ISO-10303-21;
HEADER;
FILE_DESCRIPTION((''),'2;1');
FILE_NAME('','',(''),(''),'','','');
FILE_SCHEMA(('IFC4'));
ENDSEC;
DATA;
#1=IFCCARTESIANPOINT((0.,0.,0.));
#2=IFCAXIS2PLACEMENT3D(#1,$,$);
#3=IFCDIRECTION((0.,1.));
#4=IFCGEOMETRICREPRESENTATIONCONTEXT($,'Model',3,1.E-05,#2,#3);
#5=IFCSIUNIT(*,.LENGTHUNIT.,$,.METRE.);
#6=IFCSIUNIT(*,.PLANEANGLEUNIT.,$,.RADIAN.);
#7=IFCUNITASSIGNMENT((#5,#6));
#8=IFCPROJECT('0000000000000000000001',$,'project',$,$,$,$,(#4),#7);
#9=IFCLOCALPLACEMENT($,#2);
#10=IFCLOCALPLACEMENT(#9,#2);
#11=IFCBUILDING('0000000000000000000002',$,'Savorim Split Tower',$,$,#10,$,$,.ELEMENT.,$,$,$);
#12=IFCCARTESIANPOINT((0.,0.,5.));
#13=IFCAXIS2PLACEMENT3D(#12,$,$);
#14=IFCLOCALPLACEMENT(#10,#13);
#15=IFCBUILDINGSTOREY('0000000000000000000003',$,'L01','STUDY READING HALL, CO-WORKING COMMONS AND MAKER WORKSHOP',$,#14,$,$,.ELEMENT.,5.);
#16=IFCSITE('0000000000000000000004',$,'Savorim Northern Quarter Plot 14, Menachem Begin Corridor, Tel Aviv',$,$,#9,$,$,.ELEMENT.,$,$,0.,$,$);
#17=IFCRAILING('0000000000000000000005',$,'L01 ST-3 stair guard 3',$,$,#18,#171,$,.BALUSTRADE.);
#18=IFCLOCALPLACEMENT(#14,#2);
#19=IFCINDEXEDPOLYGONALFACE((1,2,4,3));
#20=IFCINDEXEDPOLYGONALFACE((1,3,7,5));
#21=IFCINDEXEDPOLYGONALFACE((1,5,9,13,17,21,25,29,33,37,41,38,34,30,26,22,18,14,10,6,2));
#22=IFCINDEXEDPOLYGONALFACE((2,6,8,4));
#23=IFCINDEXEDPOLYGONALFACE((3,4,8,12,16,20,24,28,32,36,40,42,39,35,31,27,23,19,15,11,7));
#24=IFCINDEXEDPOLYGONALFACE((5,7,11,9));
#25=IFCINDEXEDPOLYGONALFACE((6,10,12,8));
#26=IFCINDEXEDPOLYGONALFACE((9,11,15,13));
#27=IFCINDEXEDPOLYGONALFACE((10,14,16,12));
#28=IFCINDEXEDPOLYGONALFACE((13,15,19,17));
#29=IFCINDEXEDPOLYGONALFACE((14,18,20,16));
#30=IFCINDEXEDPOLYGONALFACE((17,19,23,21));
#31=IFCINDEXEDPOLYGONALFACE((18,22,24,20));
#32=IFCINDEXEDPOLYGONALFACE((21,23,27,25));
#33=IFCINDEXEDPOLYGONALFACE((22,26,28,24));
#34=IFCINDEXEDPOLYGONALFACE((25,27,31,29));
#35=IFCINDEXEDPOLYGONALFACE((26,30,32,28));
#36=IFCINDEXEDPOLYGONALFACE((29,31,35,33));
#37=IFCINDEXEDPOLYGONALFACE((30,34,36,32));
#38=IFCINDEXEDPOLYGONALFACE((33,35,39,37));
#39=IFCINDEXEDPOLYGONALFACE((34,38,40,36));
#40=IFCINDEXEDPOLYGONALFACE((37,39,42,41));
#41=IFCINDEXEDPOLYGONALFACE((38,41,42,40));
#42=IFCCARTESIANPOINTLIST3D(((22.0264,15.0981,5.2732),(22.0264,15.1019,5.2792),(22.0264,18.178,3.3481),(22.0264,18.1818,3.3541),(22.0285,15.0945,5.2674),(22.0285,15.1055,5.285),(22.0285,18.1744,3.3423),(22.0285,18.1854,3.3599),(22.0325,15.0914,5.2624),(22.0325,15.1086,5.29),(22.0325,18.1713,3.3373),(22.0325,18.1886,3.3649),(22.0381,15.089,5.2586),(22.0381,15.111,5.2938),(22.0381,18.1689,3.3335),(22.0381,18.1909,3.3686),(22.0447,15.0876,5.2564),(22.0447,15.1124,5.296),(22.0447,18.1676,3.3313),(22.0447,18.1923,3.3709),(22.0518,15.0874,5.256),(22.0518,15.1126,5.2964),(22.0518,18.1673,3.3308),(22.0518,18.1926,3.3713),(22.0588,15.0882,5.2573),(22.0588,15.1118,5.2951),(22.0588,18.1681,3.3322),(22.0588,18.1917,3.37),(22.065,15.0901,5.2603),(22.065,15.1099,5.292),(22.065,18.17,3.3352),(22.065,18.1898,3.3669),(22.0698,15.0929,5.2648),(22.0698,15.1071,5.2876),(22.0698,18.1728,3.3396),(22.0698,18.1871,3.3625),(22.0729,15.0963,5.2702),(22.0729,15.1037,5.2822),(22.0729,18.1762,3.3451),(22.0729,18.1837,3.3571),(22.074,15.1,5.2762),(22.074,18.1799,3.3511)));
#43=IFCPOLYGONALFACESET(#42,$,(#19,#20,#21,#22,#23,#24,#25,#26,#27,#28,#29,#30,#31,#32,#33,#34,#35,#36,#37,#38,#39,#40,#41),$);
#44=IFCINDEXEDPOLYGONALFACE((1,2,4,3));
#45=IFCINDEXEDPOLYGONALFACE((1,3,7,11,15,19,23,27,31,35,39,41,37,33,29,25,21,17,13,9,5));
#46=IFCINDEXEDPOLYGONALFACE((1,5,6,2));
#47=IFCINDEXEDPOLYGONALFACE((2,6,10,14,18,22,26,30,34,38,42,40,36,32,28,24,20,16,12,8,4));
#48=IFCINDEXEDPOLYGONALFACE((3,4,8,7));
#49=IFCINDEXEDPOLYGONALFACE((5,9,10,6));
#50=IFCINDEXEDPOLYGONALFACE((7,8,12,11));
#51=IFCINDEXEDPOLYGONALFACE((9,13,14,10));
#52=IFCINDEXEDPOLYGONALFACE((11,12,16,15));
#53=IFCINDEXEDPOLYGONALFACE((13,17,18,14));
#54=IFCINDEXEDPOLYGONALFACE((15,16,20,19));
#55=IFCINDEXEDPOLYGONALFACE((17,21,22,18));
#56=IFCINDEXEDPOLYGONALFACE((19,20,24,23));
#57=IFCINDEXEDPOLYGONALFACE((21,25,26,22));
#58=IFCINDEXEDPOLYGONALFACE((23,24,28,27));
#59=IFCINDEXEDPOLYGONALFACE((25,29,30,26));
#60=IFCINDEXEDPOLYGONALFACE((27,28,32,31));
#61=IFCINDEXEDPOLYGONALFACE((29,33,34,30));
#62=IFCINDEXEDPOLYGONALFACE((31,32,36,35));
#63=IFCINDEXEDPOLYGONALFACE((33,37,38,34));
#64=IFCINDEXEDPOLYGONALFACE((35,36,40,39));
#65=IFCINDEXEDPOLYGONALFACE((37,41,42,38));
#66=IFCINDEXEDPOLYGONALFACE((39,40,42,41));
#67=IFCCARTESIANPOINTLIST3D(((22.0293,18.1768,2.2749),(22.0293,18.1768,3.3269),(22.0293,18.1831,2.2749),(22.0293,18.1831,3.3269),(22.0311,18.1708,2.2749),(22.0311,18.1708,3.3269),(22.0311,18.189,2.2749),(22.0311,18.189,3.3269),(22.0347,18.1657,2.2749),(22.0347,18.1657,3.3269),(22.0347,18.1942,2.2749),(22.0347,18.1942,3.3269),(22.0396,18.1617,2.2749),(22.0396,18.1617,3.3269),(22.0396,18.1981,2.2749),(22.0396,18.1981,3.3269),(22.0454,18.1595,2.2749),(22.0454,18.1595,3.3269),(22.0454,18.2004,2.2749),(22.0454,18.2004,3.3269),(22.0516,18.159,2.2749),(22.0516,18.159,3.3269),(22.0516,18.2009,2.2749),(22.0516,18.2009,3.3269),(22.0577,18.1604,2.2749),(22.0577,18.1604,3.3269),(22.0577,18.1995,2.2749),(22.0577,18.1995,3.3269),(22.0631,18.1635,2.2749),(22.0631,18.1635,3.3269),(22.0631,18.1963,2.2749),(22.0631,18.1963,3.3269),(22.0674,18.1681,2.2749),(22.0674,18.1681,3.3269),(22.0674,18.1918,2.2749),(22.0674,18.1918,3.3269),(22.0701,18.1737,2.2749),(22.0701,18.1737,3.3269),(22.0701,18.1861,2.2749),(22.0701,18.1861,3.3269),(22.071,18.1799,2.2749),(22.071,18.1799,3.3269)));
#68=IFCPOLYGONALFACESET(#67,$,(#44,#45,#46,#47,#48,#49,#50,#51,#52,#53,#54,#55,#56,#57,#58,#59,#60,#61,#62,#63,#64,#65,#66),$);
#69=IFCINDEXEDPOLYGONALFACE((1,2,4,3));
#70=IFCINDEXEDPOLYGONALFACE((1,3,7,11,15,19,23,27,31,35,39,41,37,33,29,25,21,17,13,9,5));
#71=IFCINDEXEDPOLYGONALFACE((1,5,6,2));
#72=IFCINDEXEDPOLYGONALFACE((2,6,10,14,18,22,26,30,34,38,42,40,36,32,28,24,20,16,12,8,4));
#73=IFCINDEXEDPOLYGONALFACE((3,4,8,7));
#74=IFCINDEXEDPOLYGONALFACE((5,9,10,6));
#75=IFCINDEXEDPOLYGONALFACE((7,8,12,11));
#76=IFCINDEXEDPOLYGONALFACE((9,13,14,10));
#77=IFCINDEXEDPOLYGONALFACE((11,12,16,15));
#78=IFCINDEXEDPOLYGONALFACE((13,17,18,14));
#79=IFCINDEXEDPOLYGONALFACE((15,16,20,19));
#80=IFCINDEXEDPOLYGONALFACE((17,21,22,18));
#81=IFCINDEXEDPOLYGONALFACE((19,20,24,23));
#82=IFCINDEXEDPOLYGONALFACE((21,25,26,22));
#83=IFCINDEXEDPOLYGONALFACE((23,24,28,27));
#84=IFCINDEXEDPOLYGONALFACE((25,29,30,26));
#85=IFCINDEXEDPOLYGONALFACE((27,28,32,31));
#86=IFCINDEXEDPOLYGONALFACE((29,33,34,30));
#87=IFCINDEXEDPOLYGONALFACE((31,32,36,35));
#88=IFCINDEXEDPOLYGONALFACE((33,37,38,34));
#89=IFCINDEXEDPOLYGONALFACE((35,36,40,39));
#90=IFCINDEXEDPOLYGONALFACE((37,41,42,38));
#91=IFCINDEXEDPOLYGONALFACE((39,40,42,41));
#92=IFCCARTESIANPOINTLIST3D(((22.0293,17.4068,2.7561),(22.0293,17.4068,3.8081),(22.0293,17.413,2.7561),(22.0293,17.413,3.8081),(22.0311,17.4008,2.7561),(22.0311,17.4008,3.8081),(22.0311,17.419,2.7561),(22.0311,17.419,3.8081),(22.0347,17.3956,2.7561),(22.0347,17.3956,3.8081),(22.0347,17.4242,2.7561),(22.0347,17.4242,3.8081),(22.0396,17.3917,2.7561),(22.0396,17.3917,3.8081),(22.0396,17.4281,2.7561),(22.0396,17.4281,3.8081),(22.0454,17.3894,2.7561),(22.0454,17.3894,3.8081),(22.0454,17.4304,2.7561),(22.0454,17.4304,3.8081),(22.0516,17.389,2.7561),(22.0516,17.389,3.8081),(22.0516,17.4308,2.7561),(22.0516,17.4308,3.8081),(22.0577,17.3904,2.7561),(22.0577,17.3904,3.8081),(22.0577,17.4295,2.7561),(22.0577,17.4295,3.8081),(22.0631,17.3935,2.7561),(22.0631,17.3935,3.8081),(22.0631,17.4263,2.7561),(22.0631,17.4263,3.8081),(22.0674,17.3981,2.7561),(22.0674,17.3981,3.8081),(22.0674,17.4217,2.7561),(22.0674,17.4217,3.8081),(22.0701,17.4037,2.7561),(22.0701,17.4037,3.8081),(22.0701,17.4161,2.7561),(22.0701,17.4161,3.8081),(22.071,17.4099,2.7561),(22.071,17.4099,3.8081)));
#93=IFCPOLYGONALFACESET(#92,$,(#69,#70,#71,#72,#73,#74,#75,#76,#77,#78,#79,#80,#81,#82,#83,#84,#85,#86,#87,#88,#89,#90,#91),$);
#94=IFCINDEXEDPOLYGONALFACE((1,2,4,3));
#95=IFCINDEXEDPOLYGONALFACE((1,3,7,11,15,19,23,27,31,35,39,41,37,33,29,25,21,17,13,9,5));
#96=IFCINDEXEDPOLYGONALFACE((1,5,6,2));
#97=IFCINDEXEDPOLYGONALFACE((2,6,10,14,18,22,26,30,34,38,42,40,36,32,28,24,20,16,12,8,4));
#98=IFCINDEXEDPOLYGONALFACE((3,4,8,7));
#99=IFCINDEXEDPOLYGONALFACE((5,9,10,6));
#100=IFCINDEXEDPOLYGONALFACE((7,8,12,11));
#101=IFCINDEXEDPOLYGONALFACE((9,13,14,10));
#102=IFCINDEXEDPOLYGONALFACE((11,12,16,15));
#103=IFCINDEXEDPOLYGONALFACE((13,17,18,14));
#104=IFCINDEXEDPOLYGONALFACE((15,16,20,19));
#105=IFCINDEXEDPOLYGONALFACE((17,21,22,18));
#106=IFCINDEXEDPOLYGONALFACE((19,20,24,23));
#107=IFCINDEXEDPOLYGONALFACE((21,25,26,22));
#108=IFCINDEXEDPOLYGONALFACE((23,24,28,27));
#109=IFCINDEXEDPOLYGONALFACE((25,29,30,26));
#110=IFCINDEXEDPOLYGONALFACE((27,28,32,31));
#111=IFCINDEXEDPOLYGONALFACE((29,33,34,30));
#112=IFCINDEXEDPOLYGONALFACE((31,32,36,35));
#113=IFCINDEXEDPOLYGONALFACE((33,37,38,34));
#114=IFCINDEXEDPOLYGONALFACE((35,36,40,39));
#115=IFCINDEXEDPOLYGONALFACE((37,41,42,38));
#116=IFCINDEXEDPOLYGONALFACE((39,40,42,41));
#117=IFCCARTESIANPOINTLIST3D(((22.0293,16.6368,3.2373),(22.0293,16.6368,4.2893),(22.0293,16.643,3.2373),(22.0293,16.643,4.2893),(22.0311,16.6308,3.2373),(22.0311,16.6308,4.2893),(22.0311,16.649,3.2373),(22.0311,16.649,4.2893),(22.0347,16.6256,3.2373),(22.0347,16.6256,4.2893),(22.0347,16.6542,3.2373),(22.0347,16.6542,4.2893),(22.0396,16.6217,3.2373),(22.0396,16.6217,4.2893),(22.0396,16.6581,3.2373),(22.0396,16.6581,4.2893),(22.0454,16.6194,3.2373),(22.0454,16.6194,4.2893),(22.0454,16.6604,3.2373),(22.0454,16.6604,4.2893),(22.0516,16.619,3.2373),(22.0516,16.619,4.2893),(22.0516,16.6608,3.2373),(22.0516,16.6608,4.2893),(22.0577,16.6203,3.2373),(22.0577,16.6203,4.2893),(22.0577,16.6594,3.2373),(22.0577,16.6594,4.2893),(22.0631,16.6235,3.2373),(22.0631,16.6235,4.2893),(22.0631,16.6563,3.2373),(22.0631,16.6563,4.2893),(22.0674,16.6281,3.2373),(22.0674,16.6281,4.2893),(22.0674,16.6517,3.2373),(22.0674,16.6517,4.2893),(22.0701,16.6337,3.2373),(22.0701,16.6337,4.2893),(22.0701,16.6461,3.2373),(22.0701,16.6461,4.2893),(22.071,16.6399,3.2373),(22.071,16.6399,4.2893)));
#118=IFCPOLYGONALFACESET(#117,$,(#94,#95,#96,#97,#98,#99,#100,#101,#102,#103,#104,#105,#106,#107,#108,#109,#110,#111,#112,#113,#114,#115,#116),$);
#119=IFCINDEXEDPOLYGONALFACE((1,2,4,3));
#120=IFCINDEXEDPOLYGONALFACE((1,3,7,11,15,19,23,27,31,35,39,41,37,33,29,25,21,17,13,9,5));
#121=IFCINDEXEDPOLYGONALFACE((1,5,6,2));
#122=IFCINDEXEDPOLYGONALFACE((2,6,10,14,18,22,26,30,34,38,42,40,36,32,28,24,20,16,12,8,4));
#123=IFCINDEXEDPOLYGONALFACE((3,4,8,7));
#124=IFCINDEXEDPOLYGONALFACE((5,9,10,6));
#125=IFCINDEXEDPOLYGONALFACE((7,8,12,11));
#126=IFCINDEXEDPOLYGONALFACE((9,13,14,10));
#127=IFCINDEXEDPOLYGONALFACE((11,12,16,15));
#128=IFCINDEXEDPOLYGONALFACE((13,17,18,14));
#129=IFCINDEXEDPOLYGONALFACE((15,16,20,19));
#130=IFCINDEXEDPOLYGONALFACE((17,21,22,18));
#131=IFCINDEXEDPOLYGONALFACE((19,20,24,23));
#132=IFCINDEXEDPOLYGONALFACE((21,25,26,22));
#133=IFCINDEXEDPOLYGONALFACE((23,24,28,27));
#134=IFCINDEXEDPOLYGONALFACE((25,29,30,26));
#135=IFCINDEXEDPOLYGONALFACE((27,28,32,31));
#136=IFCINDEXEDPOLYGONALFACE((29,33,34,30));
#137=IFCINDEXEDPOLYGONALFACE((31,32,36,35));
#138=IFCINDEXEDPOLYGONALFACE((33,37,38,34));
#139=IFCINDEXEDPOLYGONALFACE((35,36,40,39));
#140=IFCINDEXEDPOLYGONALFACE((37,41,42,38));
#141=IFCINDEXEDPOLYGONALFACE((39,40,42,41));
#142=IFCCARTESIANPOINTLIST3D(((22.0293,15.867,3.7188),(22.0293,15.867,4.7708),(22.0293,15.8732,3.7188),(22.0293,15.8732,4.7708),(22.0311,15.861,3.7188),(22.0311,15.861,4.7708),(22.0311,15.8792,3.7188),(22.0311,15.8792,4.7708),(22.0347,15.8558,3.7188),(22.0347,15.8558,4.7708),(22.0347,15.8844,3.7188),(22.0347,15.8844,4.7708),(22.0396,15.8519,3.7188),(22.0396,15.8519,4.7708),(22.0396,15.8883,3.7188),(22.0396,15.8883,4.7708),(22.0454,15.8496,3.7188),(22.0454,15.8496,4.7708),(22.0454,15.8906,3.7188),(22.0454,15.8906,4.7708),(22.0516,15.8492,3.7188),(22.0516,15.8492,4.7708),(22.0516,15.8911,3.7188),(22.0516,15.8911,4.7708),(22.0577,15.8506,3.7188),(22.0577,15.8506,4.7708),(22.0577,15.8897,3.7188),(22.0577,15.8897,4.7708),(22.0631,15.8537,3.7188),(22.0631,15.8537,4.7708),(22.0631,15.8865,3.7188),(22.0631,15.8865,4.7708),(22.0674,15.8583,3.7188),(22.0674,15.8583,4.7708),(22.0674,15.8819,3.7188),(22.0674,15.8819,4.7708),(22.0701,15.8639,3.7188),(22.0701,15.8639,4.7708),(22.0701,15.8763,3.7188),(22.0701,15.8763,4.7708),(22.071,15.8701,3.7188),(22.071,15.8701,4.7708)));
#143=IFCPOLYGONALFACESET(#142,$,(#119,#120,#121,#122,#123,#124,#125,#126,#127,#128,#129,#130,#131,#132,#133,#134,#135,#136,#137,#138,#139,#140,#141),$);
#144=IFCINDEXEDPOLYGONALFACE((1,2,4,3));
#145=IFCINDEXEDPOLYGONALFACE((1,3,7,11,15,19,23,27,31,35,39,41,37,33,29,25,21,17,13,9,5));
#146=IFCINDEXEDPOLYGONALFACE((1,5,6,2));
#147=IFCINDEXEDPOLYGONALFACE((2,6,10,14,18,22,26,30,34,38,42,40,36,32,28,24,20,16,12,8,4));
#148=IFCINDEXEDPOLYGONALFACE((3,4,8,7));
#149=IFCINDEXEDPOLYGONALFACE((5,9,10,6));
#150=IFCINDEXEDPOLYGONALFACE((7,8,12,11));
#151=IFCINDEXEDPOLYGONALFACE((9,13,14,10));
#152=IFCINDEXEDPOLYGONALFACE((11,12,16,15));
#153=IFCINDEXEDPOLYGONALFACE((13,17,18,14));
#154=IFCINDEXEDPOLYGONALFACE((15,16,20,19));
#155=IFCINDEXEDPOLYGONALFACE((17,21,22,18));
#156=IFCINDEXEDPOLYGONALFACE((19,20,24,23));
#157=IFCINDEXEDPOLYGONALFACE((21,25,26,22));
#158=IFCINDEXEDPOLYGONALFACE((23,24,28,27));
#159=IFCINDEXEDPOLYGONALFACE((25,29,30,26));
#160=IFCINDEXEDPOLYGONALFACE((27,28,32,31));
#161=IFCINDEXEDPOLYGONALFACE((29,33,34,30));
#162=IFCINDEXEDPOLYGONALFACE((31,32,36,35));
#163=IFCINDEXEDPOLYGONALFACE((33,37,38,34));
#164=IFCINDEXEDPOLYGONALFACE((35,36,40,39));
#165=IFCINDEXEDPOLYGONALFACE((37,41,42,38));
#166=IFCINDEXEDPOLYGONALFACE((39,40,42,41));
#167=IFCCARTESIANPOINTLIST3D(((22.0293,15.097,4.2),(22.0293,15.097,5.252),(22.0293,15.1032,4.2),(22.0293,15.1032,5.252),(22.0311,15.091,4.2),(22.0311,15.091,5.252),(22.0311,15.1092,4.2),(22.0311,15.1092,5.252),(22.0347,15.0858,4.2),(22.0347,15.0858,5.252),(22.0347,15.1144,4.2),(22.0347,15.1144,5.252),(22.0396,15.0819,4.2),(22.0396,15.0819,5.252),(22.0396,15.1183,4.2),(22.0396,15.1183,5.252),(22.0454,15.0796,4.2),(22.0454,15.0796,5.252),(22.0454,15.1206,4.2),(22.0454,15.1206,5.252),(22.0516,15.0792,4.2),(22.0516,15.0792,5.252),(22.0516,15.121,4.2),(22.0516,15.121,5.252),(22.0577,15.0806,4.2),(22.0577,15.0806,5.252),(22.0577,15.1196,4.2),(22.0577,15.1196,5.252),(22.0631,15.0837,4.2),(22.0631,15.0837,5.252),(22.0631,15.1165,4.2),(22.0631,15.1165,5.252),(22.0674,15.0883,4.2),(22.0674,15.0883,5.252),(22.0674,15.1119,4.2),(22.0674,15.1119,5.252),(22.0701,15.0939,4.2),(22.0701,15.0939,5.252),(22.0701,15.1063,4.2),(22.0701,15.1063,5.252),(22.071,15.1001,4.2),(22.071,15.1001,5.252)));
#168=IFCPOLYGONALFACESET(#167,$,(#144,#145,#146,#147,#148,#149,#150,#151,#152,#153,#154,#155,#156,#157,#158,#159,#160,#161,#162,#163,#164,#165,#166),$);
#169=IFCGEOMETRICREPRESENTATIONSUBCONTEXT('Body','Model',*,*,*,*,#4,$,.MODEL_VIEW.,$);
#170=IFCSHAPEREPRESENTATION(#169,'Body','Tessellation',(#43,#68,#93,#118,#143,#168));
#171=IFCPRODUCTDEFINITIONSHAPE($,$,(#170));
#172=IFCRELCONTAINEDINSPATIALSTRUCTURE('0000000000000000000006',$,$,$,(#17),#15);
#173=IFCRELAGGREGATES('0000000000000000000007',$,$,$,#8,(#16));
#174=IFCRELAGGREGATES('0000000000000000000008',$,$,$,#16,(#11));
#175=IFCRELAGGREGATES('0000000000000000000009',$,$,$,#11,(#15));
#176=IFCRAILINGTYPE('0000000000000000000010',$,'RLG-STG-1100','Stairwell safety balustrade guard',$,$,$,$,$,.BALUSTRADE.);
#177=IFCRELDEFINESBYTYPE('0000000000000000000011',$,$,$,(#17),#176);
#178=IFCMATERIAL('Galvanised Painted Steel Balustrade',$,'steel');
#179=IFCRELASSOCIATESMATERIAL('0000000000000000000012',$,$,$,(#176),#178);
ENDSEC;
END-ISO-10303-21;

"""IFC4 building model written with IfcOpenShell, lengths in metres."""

from ifc_helpers import new_model, si_unit, direction, frame, origin, origin_2d, place, context, subcontext, project, spatial, circle, extrude, material, type_object, element, save


model = new_model("IFC4")

# Units and contexts
model_context = context("Model", 3, precision=1e-05, world=origin(), true_north=direction((0.0, 1.0)))
body_context = subcontext(model_context, "Body", "Model", "MODEL_VIEW")
ifc_project = project(units=[si_unit("LENGTHUNIT", "METRE"), si_unit("PLANEANGLEUNIT", "RADIAN")], contexts=[model_context])

# Site, building, storey
site_placement = place(None, origin())
site = spatial("IfcSite", under=ifc_project, at=site_placement, Name="Savorim Northern Quarter Plot 14, Menachem Begin Corridor, Tel Aviv", CompositionType="ELEMENT", RefElevation=0.0)
building_placement = place(site_placement, origin())
building = spatial("IfcBuilding", under=site, at=building_placement, Name="Savorim Split Tower", CompositionType="ELEMENT")
storey_placement = place(building_placement, frame((0.0, 0.0, 5.0)))
storey = spatial("IfcBuildingStorey", under=building, at=storey_placement, Name="L01", Description="STUDY READING HALL, CO-WORKING COMMONS AND MAKER WORKSHOP", CompositionType="ELEMENT", Elevation=5.0)

# Railing
ifc_material_1 = material(Name="Galvanised Painted Steel Balustrade", Category="steel")
railing_type_1 = type_object("IfcRailingType", Name="RLG-STG-1100", Description="Stairwell safety balustrade guard", PredefinedType="BALUSTRADE", material=ifc_material_1)
railing_1_placement = place(storey_placement, frame((22.05, 18.1799, 2.2749)))
element("IfcRailing", 1, at=railing_1_placement, inside=storey, type_object=railing_type_1, Name="L01 ST-3 stair guard 3", PredefinedType="BALUSTRADE", context=body_context, shape_type="SweptSolid", body=[
    extrude(circle(Radius=0.0239, at=origin_2d()), frame((0.0, 0.0, 1.0762), z_axis=(0.0, -0.847979, 0.530029), x_axis=(1.0, 0.0, 0.0)), (0.0, 0.0, 1.0), 3.6321),
    extrude(circle(Radius=0.021, at=origin_2d()), origin(), (0.0, 0.0, 1.0), 1.052),
    extrude(circle(Radius=0.021, at=origin_2d()), frame((0.0, -0.77, 0.4812)), (0.0, 0.0, 1.0), 1.052),
    extrude(circle(Radius=0.021, at=origin_2d()), frame((0.0, -1.54, 0.9624)), (0.0, 0.0, 1.0), 1.052),
    extrude(circle(Radius=0.021, at=origin_2d()), frame((0.0, -2.3098, 1.4438)), (0.0, 0.0, 1.0), 1.052),
    extrude(circle(Radius=0.021, at=origin_2d()), frame((0.0, -3.0798, 1.925)), (0.0, 0.0, 1.0), 1.052),
])

save(model, "model.ifc")
